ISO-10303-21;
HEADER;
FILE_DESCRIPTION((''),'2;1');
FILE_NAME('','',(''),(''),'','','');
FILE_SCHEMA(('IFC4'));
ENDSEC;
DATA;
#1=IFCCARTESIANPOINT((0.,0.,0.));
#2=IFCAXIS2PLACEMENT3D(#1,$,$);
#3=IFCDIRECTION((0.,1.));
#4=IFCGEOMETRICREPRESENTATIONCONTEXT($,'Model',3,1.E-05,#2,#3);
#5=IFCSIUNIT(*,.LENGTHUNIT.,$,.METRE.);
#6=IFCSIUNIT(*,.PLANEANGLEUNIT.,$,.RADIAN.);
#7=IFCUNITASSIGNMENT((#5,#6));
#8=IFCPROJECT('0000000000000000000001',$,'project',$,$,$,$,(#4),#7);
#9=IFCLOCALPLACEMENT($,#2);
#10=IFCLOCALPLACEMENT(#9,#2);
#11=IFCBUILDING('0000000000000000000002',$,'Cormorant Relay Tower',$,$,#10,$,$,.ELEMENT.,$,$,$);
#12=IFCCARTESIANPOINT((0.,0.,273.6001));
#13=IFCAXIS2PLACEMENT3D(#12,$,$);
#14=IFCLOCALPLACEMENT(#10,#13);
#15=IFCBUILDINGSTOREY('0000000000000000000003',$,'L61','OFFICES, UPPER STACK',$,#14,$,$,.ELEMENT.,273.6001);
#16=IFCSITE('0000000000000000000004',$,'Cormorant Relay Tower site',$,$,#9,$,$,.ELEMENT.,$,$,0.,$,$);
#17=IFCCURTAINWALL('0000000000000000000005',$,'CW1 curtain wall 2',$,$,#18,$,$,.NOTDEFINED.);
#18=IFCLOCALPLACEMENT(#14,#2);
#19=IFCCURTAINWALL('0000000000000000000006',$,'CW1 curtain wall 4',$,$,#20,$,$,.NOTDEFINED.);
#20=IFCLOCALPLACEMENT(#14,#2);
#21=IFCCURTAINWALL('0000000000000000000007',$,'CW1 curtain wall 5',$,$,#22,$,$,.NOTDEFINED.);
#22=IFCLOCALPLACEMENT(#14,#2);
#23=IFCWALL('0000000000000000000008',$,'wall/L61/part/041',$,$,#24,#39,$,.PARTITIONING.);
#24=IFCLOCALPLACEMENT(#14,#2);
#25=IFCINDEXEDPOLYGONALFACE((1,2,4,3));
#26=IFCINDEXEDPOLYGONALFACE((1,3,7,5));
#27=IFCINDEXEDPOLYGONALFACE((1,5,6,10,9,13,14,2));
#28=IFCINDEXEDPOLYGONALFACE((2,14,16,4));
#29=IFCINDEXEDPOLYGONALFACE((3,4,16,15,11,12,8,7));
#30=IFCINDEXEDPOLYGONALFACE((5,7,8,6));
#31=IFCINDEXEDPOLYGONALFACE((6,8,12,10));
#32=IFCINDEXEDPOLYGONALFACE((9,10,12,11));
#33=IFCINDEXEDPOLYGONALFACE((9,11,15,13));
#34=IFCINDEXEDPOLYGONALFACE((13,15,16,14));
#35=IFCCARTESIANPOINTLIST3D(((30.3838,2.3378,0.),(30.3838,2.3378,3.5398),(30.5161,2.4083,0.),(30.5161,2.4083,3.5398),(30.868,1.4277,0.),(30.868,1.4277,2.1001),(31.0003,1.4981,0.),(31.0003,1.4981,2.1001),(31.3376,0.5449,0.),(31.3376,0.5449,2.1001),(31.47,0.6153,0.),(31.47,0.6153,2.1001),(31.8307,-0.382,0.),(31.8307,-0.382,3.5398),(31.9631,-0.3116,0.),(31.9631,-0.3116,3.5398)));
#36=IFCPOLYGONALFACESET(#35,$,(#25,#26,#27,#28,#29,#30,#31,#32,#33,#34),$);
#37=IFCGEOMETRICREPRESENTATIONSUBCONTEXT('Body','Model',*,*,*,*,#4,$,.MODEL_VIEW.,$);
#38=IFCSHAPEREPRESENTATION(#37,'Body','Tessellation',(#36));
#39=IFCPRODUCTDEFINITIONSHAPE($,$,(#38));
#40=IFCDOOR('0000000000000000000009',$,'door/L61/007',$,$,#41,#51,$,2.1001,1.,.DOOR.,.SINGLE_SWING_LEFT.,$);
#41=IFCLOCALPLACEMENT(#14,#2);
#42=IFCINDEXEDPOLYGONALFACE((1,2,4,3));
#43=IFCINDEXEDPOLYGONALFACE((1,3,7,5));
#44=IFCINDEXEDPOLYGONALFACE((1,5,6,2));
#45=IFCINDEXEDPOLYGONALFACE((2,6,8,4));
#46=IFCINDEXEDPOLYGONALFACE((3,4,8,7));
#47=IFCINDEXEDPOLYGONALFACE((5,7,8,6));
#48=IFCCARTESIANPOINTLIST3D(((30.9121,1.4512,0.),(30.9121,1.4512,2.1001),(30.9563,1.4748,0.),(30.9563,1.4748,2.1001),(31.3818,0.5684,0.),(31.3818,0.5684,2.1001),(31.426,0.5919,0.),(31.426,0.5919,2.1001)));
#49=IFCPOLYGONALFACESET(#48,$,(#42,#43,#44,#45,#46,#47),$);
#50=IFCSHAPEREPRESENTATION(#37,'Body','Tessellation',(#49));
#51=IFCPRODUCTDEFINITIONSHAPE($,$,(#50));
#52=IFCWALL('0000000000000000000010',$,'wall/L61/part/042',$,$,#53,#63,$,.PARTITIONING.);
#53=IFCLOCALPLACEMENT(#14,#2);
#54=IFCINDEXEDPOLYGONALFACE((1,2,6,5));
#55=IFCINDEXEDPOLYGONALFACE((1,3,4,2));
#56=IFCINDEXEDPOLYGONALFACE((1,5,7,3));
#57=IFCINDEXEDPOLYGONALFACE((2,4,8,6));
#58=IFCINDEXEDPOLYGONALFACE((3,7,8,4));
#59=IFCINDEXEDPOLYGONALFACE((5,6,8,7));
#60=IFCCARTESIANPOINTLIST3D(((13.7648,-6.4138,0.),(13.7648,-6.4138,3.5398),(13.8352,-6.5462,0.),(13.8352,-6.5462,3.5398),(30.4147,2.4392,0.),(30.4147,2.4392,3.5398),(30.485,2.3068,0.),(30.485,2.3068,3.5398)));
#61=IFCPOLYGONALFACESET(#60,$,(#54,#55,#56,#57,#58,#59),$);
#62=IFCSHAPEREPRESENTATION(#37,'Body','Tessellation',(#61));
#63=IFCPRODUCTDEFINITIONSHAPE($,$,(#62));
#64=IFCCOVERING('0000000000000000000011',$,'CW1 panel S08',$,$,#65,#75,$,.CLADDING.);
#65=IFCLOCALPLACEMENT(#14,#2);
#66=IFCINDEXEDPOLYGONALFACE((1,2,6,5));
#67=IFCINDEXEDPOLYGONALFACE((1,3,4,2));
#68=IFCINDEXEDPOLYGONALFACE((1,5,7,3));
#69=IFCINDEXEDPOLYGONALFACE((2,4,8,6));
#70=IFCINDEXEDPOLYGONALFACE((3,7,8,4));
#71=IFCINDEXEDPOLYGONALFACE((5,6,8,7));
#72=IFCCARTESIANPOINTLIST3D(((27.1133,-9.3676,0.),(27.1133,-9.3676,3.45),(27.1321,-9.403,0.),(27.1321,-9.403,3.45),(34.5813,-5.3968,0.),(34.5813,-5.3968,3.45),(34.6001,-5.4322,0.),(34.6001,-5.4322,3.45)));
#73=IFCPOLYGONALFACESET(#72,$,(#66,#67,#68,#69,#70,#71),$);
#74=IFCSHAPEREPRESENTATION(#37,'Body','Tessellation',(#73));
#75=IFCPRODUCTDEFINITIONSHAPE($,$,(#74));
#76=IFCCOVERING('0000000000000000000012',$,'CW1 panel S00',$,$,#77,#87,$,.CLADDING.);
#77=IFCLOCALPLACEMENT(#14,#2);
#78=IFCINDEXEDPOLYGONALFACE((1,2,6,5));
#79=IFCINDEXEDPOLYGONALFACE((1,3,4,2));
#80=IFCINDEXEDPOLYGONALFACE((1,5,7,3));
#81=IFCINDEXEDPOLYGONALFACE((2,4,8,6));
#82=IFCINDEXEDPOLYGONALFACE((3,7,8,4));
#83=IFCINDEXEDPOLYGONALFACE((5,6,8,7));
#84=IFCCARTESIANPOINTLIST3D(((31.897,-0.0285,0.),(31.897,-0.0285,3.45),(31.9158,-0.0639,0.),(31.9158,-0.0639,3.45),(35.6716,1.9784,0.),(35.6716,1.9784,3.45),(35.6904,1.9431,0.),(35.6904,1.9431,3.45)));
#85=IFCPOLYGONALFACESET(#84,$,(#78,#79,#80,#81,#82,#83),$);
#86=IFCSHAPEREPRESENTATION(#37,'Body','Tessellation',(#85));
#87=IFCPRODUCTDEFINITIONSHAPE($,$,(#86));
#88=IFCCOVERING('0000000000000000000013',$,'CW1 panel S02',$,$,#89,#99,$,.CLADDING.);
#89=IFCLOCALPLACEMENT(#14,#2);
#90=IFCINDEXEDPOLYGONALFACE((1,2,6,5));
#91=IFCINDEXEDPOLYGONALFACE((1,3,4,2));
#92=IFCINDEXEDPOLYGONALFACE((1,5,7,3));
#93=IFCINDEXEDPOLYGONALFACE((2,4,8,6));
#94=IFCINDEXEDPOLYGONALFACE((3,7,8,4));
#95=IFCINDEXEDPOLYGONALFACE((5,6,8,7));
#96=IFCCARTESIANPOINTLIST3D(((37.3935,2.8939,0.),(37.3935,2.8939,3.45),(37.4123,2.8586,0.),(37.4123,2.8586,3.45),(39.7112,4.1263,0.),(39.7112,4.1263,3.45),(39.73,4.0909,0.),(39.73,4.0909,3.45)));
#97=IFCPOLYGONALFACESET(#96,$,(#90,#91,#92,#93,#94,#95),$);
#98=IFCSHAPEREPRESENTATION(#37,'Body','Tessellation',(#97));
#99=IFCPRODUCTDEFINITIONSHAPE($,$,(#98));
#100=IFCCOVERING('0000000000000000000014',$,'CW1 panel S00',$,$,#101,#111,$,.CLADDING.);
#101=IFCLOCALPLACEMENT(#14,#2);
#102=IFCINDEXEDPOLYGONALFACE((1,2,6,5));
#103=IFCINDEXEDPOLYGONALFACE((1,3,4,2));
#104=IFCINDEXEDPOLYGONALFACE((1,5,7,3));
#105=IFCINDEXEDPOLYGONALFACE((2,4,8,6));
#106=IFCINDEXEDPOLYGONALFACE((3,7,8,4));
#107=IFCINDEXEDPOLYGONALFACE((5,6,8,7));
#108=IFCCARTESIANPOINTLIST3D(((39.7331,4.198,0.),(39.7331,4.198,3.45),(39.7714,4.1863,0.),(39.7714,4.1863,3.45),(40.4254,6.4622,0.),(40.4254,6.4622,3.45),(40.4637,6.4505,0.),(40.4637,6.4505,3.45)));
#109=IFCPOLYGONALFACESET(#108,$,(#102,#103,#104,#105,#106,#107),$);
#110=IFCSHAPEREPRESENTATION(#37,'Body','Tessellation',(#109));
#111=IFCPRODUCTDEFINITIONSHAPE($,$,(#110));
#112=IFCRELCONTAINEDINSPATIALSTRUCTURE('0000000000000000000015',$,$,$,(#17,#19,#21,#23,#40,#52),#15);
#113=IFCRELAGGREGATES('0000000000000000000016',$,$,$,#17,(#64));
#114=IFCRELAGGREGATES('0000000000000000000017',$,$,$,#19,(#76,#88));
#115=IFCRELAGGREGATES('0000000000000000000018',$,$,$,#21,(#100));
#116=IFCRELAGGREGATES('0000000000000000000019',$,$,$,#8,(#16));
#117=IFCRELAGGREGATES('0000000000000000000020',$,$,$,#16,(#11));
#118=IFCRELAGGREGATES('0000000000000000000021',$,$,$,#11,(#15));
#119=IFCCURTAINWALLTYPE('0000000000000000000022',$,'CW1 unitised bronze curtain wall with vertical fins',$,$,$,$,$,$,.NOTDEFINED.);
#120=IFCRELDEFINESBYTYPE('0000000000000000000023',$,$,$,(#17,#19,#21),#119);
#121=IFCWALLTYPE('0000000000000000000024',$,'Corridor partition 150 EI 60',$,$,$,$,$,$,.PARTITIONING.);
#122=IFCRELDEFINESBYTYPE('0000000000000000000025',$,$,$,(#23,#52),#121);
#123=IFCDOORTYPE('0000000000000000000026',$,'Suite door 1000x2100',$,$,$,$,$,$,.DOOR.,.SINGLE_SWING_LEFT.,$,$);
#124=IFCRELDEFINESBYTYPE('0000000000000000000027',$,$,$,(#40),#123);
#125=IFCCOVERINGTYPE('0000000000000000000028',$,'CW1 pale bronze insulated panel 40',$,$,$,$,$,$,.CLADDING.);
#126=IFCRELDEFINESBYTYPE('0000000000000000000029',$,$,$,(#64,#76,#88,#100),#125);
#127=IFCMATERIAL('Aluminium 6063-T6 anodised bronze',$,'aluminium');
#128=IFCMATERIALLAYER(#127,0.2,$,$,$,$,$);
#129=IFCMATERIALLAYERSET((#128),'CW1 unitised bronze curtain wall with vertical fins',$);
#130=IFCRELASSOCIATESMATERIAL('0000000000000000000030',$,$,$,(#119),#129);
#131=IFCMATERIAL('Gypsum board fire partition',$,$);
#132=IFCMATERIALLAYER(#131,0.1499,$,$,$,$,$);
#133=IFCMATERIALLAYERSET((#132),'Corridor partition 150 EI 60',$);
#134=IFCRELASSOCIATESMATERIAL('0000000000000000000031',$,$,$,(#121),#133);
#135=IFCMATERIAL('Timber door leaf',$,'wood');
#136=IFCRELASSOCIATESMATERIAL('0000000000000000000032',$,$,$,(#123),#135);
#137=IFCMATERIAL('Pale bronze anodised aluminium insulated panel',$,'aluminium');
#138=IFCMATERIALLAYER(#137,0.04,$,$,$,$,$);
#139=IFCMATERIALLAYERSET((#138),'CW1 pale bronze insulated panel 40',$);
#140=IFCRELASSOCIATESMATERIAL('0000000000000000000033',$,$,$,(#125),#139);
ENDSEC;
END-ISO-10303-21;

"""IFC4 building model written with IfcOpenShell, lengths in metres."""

from ifc_helpers import new_model, si_unit, direction, frame, frame_2d, origin, origin_2d, place, context, subcontext, project, spatial, rectangle, extrude, material, layer, layer_set, type_object, element, fill, aggregate, save


model = new_model("IFC4")

# Units and contexts
model_context = context("Model", 3, precision=1e-05, world=origin(), true_north=direction((0.0, 1.0)))
body_context = subcontext(model_context, "Body", "Model", "MODEL_VIEW")
ifc_project = project(units=[si_unit("LENGTHUNIT", "METRE"), si_unit("PLANEANGLEUNIT", "RADIAN")], contexts=[model_context])

# Site, building, storey
site_placement = place(None, origin())
site = spatial("IfcSite", under=ifc_project, at=site_placement, Name="Cormorant Relay Tower site", CompositionType="ELEMENT", RefElevation=0.0)
building_placement = place(site_placement, origin())
building = spatial("IfcBuilding", under=site, at=building_placement, Name="Cormorant Relay Tower", CompositionType="ELEMENT")
storey_placement = place(building_placement, frame((0.0, 0.0, 273.6001)))
storey = spatial("IfcBuildingStorey", under=building, at=storey_placement, Name="L61", Description="OFFICES, UPPER STACK", CompositionType="ELEMENT", Elevation=273.6001)

# Curtain wall
ifc_material_1 = material(Name="Aluminium 6063-T6 anodised bronze", Category="aluminium")
ifc_layer_1 = layer(ifc_material_1, 0.2)
ifc_layer_set_1 = layer_set([ifc_layer_1], Name="CW1 unitised bronze curtain wall with vertical fins")
curtain_wall_type = type_object("IfcCurtainWallType", Name="CW1 unitised bronze curtain wall with vertical fins", PredefinedType="NOTDEFINED", material=ifc_layer_set_1)
curtain_wall_1_placement = place(storey_placement, origin())
curtain_wall_1 = element("IfcCurtainWall", 1, at=curtain_wall_1_placement, inside=storey, type_object=curtain_wall_type, Name="CW1 curtain wall 2", PredefinedType="NOTDEFINED")

# Curtain wall
curtain_wall_2_placement = place(storey_placement, origin())
curtain_wall_2 = element("IfcCurtainWall", 2, at=curtain_wall_2_placement, inside=storey, type_object=curtain_wall_type, Name="CW1 curtain wall 4", PredefinedType="NOTDEFINED")

# Curtain wall
curtain_wall_3_placement = place(storey_placement, origin())
curtain_wall_3 = element("IfcCurtainWall", 3, at=curtain_wall_3_placement, inside=storey, type_object=curtain_wall_type, Name="CW1 curtain wall 5", PredefinedType="NOTDEFINED")

# Wall, opening, door
ifc_material_2 = material(Name="Gypsum board fire partition")
ifc_layer_2 = layer(ifc_material_2, 0.1499)
ifc_layer_set_2 = layer_set([ifc_layer_2], Name="Corridor partition 150 EI 60")
wall_type_1 = type_object("IfcWallType", Name="Corridor partition 150 EI 60", PredefinedType="PARTITIONING", material=ifc_layer_set_2)
wall_1_placement = place(storey_placement, frame((31.897, -0.3469, 0.0), z_axis=(0.0, 0.0, 1.0), x_axis=(-0.469671, 0.882842, 0.0)))
wall_1 = element("IfcWall", 4, at=wall_1_placement, inside=storey, type_object=wall_type_1, Name="wall/L61/part/041", PredefinedType="PARTITIONING", context=body_context, shape_type="SweptSolid", body=[
    extrude(rectangle(XDim=3.0808, YDim=0.1499, at=frame_2d((1.5405, 0.0))), origin(), (0.0, 0.0, 1.0), 3.5398),
])
opening_1_placement = place(wall_1_placement, frame((1.05, 0.0, 0.0)))
opening_1 = element("IfcOpeningElement", 5, at=opening_1_placement, cuts=wall_1, PredefinedType="OPENING", context=body_context, shape_type="SweptSolid", body=[
    extrude(rectangle(XDim=1.0, YDim=2.1001, at=frame_2d((0.5, 1.05))), frame((0.0, 0.085, 0.0), z_axis=(0.0, -1.0, 0.0), x_axis=(1.0, 0.0, 0.0)), (0.0, 0.0, 1.0), 0.1699),
])
ifc_material_3 = material(Name="Timber door leaf", Category="wood")
door_type_1 = type_object("IfcDoorType", Name="Suite door 1000x2100", OperationType="SINGLE_SWING_LEFT", PredefinedType="DOOR", material=ifc_material_3)
door_1_placement = place(opening_1_placement, origin())
door_1 = element("IfcDoor", 6, at=door_1_placement, inside=storey, type_object=door_type_1, Name="door/L61/007", OperationType="SINGLE_SWING_LEFT", OverallHeight=2.1001, OverallWidth=1.0, PredefinedType="DOOR", context=body_context, shape_type="SweptSolid", body=[
    extrude(rectangle(XDim=1.0, YDim=2.1001, at=frame_2d((0.5, 1.05))), frame((0.0, 0.0249, 0.0), z_axis=(0.0, -1.0, 0.0), x_axis=(1.0, 0.0, 0.0)), (0.0, 0.0, 1.0), 0.05),
])
fill(opening_1, door_1)

# Wall
wall_2_placement = place(storey_placement, frame((30.45, 2.373, 0.0), z_axis=(0.0, 0.0, 1.0), x_axis=(-0.882945, -0.469476, 0.0)))
element("IfcWall", 7, at=wall_2_placement, inside=storey, type_object=wall_type_1, Name="wall/L61/part/042", PredefinedType="PARTITIONING", context=body_context, shape_type="SweptSolid", body=[
    extrude(rectangle(XDim=18.8572, YDim=0.1499, at=frame_2d((9.4287, 0.0))), origin(), (0.0, 0.0, 1.0), 3.5398),
])

# Coverings
ifc_material_4 = material(Name="Pale bronze anodised aluminium insulated panel", Category="aluminium")
ifc_layer_3 = layer(ifc_material_4, 0.04)
ifc_layer_set_3 = layer_set([ifc_layer_3], Name="CW1 pale bronze insulated panel 40")
covering_type = type_object("IfcCoveringType", Name="CW1 pale bronze insulated panel 40", PredefinedType="CLADDING", material=ifc_layer_set_3)
covering_1_placement = place(storey_placement, frame((30.8567, -7.3999, 0.0), z_axis=(0.0, 0.0, 1.0), x_axis=(0.882948, 0.469472, 0.0)))
covering_1 = element("IfcCovering", 8, at=covering_1_placement, type_object=covering_type, Name="CW1 panel S08", PredefinedType="CLADDING", context=body_context, shape_type="SweptSolid", body=[
    extrude(rectangle(XDim=8.458, YDim=0.04, at=origin_2d()), origin(), (0.0, 0.0, 1.0), 3.45),
])
aggregate(curtain_wall_1, [covering_1])
covering_2_placement = place(storey_placement, frame((33.7937, 0.9573, 0.0), z_axis=(0.0, 0.0, 1.0), x_axis=(0.882948, 0.469472, 0.0)))
covering_2 = element("IfcCovering", 9, at=covering_2_placement, type_object=covering_type, Name="CW1 panel S00", PredefinedType="CLADDING", context=body_context, shape_type="SweptSolid", body=[
    extrude(rectangle(XDim=4.2749, YDim=0.04, at=origin_2d()), origin(), (0.0, 0.0, 1.0), 3.45),
])
covering_3_placement = place(storey_placement, frame((38.5618, 3.4924, 0.0), z_axis=(0.0, 0.0, 1.0), x_axis=(0.882948, 0.469472, 0.0)))
covering_3 = element("IfcCovering", 10, at=covering_3_placement, type_object=covering_type, Name="CW1 panel S02", PredefinedType="CLADDING", context=body_context, shape_type="SweptSolid", body=[
    extrude(rectangle(XDim=2.625, YDim=0.04, at=origin_2d()), origin(), (0.0, 0.0, 1.0), 3.45),
])
aggregate(curtain_wall_2, [covering_2, covering_3])
covering_4_placement = place(storey_placement, frame((40.0984, 5.3242, 0.0), z_axis=(0.0, 0.0, 1.0), x_axis=(0.292372, 0.956305, 0.0)))
covering_4 = element("IfcCovering", 11, at=covering_4_placement, type_object=covering_type, Name="CW1 panel S00", PredefinedType="CLADDING", context=body_context, shape_type="SweptSolid", body=[
    extrude(rectangle(XDim=2.3677, YDim=0.04, at=origin_2d()), origin(), (0.0, 0.0, 1.0), 3.45),
])
aggregate(curtain_wall_3, [covering_4])

save(model, "model.ifc")
